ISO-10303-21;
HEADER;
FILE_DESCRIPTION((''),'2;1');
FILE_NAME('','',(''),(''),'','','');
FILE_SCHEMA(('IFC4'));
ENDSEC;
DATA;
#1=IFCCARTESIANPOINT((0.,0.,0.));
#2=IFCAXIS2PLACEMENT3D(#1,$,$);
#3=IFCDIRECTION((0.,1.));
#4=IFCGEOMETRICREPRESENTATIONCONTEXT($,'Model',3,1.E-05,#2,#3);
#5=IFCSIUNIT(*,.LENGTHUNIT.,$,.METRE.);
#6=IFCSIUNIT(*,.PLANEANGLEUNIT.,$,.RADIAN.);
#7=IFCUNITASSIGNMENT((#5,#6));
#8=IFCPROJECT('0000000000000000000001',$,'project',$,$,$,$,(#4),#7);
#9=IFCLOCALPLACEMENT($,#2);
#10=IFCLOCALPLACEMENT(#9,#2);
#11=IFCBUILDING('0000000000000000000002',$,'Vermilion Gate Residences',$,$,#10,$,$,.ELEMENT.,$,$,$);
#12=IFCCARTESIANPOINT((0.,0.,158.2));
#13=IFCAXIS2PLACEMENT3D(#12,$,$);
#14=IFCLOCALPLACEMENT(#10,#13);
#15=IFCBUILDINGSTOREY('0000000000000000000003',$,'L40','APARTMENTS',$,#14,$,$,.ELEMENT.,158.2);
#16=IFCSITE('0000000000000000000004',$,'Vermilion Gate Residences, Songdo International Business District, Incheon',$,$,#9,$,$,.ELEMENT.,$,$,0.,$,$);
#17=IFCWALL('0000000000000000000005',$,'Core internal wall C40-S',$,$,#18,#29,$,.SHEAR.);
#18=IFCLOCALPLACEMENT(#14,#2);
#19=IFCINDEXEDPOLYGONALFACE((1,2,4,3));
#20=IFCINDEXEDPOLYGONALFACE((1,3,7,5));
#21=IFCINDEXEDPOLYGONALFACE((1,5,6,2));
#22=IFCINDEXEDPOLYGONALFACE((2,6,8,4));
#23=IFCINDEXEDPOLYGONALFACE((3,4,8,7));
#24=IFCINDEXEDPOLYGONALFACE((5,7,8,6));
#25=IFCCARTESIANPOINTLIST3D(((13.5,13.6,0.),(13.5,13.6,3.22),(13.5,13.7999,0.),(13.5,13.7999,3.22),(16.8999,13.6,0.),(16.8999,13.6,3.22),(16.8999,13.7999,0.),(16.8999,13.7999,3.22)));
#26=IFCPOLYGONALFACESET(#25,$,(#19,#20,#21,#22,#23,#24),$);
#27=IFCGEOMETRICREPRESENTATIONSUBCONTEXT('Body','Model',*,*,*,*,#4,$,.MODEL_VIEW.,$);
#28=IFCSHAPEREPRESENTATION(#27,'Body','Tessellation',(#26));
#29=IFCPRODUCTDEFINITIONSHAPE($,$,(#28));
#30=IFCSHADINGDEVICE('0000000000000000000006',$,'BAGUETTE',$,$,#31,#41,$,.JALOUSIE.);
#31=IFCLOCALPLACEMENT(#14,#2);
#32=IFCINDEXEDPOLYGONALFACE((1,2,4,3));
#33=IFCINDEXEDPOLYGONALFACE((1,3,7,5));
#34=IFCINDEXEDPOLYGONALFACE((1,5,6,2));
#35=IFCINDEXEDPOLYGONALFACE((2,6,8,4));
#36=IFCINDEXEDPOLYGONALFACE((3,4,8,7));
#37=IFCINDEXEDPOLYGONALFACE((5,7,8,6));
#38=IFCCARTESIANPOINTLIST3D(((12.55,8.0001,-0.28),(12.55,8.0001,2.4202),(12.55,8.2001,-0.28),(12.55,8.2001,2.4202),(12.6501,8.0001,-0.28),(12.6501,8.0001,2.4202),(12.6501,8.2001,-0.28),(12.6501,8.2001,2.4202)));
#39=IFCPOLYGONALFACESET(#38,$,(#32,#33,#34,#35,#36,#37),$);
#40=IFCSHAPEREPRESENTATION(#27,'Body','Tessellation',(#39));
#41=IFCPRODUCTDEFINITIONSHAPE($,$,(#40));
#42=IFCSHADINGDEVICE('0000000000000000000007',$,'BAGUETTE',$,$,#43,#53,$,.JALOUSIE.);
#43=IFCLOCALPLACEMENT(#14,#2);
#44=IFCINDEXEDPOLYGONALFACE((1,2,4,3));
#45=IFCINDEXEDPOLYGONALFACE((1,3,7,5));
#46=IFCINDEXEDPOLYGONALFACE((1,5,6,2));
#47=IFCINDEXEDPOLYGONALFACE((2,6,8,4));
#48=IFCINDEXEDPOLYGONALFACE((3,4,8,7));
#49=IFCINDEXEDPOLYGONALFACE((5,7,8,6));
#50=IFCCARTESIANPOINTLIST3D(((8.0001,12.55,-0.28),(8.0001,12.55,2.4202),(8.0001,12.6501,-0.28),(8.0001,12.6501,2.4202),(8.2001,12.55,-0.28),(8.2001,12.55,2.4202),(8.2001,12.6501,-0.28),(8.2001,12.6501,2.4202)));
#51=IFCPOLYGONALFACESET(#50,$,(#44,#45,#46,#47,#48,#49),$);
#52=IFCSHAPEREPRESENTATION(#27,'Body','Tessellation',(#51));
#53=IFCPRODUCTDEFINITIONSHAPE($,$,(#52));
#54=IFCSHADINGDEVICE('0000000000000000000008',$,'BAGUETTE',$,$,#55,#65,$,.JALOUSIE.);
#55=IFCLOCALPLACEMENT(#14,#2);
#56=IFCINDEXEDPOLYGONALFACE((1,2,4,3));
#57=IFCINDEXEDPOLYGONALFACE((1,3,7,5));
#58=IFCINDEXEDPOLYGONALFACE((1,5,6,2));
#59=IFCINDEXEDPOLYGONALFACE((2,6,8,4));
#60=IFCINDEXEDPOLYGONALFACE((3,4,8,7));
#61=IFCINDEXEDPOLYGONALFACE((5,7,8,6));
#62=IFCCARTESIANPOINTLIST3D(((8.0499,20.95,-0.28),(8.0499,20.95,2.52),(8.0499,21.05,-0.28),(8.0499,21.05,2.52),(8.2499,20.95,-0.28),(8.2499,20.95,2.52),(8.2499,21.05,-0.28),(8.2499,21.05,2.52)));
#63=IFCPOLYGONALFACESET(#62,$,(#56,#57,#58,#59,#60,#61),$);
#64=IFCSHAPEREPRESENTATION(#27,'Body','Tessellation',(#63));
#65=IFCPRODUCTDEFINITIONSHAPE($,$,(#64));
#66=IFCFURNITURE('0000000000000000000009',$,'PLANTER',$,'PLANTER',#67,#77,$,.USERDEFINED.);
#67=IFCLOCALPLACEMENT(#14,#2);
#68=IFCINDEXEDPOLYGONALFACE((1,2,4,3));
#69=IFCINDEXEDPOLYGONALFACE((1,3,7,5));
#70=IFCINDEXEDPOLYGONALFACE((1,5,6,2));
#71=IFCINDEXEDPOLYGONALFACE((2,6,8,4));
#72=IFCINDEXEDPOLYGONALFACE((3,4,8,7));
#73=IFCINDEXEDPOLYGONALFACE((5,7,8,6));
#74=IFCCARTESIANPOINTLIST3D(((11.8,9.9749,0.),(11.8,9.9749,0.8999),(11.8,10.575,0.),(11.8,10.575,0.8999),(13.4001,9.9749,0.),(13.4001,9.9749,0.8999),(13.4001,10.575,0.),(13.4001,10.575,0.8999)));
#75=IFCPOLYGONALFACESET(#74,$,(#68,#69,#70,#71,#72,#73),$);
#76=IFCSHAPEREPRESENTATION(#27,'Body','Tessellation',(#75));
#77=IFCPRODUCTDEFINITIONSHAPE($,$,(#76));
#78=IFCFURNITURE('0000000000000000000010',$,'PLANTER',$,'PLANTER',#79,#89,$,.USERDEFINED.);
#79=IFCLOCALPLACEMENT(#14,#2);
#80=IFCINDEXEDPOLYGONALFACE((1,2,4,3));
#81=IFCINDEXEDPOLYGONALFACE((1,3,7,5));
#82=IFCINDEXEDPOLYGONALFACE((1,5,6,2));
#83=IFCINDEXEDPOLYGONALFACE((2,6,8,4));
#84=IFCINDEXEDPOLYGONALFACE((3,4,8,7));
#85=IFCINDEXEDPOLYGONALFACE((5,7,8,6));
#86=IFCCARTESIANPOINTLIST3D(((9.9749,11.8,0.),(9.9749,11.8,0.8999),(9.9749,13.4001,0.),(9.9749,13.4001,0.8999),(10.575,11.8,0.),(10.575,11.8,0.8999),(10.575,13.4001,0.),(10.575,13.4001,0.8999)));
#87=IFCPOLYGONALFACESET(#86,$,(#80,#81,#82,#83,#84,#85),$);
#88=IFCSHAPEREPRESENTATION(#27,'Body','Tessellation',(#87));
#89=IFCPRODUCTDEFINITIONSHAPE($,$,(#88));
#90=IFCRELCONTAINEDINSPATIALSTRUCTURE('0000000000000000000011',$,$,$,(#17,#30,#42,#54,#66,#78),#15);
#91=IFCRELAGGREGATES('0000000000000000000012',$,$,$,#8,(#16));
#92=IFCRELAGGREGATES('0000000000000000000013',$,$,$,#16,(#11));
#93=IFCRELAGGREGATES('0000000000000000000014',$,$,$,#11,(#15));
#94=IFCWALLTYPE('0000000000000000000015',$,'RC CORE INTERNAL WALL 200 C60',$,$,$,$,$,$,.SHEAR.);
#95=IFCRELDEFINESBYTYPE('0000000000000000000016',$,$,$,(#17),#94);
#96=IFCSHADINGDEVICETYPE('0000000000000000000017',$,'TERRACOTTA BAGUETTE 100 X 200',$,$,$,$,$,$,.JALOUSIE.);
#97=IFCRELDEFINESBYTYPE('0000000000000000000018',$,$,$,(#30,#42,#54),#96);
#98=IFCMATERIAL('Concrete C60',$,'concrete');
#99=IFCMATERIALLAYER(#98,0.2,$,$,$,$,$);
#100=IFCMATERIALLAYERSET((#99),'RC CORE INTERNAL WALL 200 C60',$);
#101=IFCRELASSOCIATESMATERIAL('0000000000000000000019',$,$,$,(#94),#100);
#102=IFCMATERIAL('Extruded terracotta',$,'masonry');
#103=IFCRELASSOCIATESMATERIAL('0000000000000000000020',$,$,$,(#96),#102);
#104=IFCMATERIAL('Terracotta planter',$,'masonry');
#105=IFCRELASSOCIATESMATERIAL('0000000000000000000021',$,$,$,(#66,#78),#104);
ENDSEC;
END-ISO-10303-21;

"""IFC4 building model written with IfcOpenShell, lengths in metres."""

from ifc_helpers import new_model, si_unit, direction, frame, frame_2d, origin, origin_2d, place, context, subcontext, project, spatial, rectangle, extrude, material, layer, layer_set, material_profile, profile_set, type_object, element, save


model = new_model("IFC4")

# Units and contexts
model_context = context("Model", 3, precision=1e-05, world=origin(), true_north=direction((0.0, 1.0)))
body_context = subcontext(model_context, "Body", "Model", "MODEL_VIEW")
ifc_project = project(units=[si_unit("LENGTHUNIT", "METRE"), si_unit("PLANEANGLEUNIT", "RADIAN")], contexts=[model_context])

# Site, building, storey
site_placement = place(None, origin())
site = spatial("IfcSite", under=ifc_project, at=site_placement, Name="Vermilion Gate Residences, Songdo International Business District, Incheon", CompositionType="ELEMENT", RefElevation=0.0)
building_placement = place(site_placement, origin())
building = spatial("IfcBuilding", under=site, at=building_placement, Name="Vermilion Gate Residences", CompositionType="ELEMENT")
storey_placement = place(building_placement, frame((0.0, 0.0, 158.2)))
storey = spatial("IfcBuildingStorey", under=building, at=storey_placement, Name="L40", Description="APARTMENTS", CompositionType="ELEMENT", Elevation=158.2)

# Wall
ifc_material_1 = material(Name="Concrete C60", Category="concrete")
ifc_layer_1 = layer(ifc_material_1, 0.2)
ifc_layer_set_1 = layer_set([ifc_layer_1], Name="RC CORE INTERNAL WALL 200 C60")
wall_type_1 = type_object("IfcWallType", Name="RC CORE INTERNAL WALL 200 C60", PredefinedType="SHEAR", material=ifc_layer_set_1)
wall_1_placement = place(storey_placement, frame((13.5, 13.7, 0.0), z_axis=(0.0, 0.0, 1.0), x_axis=(1.0, 0.0, 0.0)))
element("IfcWall", 1, at=wall_1_placement, inside=storey, type_object=wall_type_1, Name="Core internal wall C40-S", PredefinedType="SHEAR", context=body_context, shape_type="SweptSolid", body=[
    extrude(rectangle(XDim=3.3999, YDim=0.2, at=frame_2d((1.7, 0.0))), origin(), (0.0, 0.0, 1.0), 3.22),
])

# Shading devices
ifc_material_2 = material(Name="Extruded terracotta", Category="masonry")
ifc_material_profile_1 = material_profile(ifc_material_2, rectangle(XDim=0.2, YDim=0.1001, at=origin_2d()), Name="BAGUETTE 100 X 200")
ifc_profile_set_1 = profile_set([ifc_material_profile_1], Name="Extruded terracotta")
shading_device_type = type_object("IfcShadingDeviceType", Name="TERRACOTTA BAGUETTE 100 X 200", PredefinedType="JALOUSIE", material=ifc_profile_set_1)
for number, where, z_axis, x_axis, name in (
    (2, (12.6001, 8.1001, -0.28), (0.0, 0.0, 1.0), (0.0, 1.0, 0.0), "BAGUETTE"),
    (3, (8.1001, 12.6001, -0.28), (0.0, 0.0, 1.0), (1.0, 0.0, 0.0), "BAGUETTE"),
):
    element("IfcShadingDevice", number, at=place(storey_placement, frame(where, z_axis=z_axis, x_axis=x_axis)), inside=storey, type_object=shading_device_type, Name=name, PredefinedType="JALOUSIE", context=body_context, shape_type="SweptSolid", body=[
        extrude(rectangle(XDim=0.2, YDim=0.1001, at=origin_2d()), origin(), (0.0, 0.0, 1.0), 2.7002),
    ])
shading_device_placement = place(storey_placement, frame((8.1499, 21.0, -0.28), z_axis=(0.0, 0.0, 1.0), x_axis=(1.0, 0.0, 0.0)))
element("IfcShadingDevice", 4, at=shading_device_placement, inside=storey, type_object=shading_device_type, Name="BAGUETTE", PredefinedType="JALOUSIE", context=body_context, shape_type="SweptSolid", body=[
    extrude(rectangle(XDim=0.2, YDim=0.1001, at=origin_2d()), origin(), (0.0, 0.0, 1.0), 2.8),
])

# Furniture
ifc_material_3 = material(Name="Terracotta planter", Category="masonry")
for number, where, z_axis, x_axis, name in (
    (5, (12.6001, 10.2749, 0.0), (0.0, 0.0, 1.0), (1.0, 0.0, 0.0), "PLANTER"),
    (6, (10.2749, 12.6001, 0.0), (0.0, 0.0, 1.0), (0.0, -1.0, 0.0), "PLANTER"),
):
    element("IfcFurniture", number, at=place(storey_placement, frame(where, z_axis=z_axis, x_axis=x_axis)), inside=storey, material=ifc_material_3, Name=name, ObjectType="PLANTER", PredefinedType="USERDEFINED", context=body_context, shape_type="SweptSolid", body=[
        extrude(rectangle(XDim=1.6001, YDim=0.6001, at=origin_2d()), origin(), (0.0, 0.0, 1.0), 0.8999),
    ])

save(model, "model.ifc")
